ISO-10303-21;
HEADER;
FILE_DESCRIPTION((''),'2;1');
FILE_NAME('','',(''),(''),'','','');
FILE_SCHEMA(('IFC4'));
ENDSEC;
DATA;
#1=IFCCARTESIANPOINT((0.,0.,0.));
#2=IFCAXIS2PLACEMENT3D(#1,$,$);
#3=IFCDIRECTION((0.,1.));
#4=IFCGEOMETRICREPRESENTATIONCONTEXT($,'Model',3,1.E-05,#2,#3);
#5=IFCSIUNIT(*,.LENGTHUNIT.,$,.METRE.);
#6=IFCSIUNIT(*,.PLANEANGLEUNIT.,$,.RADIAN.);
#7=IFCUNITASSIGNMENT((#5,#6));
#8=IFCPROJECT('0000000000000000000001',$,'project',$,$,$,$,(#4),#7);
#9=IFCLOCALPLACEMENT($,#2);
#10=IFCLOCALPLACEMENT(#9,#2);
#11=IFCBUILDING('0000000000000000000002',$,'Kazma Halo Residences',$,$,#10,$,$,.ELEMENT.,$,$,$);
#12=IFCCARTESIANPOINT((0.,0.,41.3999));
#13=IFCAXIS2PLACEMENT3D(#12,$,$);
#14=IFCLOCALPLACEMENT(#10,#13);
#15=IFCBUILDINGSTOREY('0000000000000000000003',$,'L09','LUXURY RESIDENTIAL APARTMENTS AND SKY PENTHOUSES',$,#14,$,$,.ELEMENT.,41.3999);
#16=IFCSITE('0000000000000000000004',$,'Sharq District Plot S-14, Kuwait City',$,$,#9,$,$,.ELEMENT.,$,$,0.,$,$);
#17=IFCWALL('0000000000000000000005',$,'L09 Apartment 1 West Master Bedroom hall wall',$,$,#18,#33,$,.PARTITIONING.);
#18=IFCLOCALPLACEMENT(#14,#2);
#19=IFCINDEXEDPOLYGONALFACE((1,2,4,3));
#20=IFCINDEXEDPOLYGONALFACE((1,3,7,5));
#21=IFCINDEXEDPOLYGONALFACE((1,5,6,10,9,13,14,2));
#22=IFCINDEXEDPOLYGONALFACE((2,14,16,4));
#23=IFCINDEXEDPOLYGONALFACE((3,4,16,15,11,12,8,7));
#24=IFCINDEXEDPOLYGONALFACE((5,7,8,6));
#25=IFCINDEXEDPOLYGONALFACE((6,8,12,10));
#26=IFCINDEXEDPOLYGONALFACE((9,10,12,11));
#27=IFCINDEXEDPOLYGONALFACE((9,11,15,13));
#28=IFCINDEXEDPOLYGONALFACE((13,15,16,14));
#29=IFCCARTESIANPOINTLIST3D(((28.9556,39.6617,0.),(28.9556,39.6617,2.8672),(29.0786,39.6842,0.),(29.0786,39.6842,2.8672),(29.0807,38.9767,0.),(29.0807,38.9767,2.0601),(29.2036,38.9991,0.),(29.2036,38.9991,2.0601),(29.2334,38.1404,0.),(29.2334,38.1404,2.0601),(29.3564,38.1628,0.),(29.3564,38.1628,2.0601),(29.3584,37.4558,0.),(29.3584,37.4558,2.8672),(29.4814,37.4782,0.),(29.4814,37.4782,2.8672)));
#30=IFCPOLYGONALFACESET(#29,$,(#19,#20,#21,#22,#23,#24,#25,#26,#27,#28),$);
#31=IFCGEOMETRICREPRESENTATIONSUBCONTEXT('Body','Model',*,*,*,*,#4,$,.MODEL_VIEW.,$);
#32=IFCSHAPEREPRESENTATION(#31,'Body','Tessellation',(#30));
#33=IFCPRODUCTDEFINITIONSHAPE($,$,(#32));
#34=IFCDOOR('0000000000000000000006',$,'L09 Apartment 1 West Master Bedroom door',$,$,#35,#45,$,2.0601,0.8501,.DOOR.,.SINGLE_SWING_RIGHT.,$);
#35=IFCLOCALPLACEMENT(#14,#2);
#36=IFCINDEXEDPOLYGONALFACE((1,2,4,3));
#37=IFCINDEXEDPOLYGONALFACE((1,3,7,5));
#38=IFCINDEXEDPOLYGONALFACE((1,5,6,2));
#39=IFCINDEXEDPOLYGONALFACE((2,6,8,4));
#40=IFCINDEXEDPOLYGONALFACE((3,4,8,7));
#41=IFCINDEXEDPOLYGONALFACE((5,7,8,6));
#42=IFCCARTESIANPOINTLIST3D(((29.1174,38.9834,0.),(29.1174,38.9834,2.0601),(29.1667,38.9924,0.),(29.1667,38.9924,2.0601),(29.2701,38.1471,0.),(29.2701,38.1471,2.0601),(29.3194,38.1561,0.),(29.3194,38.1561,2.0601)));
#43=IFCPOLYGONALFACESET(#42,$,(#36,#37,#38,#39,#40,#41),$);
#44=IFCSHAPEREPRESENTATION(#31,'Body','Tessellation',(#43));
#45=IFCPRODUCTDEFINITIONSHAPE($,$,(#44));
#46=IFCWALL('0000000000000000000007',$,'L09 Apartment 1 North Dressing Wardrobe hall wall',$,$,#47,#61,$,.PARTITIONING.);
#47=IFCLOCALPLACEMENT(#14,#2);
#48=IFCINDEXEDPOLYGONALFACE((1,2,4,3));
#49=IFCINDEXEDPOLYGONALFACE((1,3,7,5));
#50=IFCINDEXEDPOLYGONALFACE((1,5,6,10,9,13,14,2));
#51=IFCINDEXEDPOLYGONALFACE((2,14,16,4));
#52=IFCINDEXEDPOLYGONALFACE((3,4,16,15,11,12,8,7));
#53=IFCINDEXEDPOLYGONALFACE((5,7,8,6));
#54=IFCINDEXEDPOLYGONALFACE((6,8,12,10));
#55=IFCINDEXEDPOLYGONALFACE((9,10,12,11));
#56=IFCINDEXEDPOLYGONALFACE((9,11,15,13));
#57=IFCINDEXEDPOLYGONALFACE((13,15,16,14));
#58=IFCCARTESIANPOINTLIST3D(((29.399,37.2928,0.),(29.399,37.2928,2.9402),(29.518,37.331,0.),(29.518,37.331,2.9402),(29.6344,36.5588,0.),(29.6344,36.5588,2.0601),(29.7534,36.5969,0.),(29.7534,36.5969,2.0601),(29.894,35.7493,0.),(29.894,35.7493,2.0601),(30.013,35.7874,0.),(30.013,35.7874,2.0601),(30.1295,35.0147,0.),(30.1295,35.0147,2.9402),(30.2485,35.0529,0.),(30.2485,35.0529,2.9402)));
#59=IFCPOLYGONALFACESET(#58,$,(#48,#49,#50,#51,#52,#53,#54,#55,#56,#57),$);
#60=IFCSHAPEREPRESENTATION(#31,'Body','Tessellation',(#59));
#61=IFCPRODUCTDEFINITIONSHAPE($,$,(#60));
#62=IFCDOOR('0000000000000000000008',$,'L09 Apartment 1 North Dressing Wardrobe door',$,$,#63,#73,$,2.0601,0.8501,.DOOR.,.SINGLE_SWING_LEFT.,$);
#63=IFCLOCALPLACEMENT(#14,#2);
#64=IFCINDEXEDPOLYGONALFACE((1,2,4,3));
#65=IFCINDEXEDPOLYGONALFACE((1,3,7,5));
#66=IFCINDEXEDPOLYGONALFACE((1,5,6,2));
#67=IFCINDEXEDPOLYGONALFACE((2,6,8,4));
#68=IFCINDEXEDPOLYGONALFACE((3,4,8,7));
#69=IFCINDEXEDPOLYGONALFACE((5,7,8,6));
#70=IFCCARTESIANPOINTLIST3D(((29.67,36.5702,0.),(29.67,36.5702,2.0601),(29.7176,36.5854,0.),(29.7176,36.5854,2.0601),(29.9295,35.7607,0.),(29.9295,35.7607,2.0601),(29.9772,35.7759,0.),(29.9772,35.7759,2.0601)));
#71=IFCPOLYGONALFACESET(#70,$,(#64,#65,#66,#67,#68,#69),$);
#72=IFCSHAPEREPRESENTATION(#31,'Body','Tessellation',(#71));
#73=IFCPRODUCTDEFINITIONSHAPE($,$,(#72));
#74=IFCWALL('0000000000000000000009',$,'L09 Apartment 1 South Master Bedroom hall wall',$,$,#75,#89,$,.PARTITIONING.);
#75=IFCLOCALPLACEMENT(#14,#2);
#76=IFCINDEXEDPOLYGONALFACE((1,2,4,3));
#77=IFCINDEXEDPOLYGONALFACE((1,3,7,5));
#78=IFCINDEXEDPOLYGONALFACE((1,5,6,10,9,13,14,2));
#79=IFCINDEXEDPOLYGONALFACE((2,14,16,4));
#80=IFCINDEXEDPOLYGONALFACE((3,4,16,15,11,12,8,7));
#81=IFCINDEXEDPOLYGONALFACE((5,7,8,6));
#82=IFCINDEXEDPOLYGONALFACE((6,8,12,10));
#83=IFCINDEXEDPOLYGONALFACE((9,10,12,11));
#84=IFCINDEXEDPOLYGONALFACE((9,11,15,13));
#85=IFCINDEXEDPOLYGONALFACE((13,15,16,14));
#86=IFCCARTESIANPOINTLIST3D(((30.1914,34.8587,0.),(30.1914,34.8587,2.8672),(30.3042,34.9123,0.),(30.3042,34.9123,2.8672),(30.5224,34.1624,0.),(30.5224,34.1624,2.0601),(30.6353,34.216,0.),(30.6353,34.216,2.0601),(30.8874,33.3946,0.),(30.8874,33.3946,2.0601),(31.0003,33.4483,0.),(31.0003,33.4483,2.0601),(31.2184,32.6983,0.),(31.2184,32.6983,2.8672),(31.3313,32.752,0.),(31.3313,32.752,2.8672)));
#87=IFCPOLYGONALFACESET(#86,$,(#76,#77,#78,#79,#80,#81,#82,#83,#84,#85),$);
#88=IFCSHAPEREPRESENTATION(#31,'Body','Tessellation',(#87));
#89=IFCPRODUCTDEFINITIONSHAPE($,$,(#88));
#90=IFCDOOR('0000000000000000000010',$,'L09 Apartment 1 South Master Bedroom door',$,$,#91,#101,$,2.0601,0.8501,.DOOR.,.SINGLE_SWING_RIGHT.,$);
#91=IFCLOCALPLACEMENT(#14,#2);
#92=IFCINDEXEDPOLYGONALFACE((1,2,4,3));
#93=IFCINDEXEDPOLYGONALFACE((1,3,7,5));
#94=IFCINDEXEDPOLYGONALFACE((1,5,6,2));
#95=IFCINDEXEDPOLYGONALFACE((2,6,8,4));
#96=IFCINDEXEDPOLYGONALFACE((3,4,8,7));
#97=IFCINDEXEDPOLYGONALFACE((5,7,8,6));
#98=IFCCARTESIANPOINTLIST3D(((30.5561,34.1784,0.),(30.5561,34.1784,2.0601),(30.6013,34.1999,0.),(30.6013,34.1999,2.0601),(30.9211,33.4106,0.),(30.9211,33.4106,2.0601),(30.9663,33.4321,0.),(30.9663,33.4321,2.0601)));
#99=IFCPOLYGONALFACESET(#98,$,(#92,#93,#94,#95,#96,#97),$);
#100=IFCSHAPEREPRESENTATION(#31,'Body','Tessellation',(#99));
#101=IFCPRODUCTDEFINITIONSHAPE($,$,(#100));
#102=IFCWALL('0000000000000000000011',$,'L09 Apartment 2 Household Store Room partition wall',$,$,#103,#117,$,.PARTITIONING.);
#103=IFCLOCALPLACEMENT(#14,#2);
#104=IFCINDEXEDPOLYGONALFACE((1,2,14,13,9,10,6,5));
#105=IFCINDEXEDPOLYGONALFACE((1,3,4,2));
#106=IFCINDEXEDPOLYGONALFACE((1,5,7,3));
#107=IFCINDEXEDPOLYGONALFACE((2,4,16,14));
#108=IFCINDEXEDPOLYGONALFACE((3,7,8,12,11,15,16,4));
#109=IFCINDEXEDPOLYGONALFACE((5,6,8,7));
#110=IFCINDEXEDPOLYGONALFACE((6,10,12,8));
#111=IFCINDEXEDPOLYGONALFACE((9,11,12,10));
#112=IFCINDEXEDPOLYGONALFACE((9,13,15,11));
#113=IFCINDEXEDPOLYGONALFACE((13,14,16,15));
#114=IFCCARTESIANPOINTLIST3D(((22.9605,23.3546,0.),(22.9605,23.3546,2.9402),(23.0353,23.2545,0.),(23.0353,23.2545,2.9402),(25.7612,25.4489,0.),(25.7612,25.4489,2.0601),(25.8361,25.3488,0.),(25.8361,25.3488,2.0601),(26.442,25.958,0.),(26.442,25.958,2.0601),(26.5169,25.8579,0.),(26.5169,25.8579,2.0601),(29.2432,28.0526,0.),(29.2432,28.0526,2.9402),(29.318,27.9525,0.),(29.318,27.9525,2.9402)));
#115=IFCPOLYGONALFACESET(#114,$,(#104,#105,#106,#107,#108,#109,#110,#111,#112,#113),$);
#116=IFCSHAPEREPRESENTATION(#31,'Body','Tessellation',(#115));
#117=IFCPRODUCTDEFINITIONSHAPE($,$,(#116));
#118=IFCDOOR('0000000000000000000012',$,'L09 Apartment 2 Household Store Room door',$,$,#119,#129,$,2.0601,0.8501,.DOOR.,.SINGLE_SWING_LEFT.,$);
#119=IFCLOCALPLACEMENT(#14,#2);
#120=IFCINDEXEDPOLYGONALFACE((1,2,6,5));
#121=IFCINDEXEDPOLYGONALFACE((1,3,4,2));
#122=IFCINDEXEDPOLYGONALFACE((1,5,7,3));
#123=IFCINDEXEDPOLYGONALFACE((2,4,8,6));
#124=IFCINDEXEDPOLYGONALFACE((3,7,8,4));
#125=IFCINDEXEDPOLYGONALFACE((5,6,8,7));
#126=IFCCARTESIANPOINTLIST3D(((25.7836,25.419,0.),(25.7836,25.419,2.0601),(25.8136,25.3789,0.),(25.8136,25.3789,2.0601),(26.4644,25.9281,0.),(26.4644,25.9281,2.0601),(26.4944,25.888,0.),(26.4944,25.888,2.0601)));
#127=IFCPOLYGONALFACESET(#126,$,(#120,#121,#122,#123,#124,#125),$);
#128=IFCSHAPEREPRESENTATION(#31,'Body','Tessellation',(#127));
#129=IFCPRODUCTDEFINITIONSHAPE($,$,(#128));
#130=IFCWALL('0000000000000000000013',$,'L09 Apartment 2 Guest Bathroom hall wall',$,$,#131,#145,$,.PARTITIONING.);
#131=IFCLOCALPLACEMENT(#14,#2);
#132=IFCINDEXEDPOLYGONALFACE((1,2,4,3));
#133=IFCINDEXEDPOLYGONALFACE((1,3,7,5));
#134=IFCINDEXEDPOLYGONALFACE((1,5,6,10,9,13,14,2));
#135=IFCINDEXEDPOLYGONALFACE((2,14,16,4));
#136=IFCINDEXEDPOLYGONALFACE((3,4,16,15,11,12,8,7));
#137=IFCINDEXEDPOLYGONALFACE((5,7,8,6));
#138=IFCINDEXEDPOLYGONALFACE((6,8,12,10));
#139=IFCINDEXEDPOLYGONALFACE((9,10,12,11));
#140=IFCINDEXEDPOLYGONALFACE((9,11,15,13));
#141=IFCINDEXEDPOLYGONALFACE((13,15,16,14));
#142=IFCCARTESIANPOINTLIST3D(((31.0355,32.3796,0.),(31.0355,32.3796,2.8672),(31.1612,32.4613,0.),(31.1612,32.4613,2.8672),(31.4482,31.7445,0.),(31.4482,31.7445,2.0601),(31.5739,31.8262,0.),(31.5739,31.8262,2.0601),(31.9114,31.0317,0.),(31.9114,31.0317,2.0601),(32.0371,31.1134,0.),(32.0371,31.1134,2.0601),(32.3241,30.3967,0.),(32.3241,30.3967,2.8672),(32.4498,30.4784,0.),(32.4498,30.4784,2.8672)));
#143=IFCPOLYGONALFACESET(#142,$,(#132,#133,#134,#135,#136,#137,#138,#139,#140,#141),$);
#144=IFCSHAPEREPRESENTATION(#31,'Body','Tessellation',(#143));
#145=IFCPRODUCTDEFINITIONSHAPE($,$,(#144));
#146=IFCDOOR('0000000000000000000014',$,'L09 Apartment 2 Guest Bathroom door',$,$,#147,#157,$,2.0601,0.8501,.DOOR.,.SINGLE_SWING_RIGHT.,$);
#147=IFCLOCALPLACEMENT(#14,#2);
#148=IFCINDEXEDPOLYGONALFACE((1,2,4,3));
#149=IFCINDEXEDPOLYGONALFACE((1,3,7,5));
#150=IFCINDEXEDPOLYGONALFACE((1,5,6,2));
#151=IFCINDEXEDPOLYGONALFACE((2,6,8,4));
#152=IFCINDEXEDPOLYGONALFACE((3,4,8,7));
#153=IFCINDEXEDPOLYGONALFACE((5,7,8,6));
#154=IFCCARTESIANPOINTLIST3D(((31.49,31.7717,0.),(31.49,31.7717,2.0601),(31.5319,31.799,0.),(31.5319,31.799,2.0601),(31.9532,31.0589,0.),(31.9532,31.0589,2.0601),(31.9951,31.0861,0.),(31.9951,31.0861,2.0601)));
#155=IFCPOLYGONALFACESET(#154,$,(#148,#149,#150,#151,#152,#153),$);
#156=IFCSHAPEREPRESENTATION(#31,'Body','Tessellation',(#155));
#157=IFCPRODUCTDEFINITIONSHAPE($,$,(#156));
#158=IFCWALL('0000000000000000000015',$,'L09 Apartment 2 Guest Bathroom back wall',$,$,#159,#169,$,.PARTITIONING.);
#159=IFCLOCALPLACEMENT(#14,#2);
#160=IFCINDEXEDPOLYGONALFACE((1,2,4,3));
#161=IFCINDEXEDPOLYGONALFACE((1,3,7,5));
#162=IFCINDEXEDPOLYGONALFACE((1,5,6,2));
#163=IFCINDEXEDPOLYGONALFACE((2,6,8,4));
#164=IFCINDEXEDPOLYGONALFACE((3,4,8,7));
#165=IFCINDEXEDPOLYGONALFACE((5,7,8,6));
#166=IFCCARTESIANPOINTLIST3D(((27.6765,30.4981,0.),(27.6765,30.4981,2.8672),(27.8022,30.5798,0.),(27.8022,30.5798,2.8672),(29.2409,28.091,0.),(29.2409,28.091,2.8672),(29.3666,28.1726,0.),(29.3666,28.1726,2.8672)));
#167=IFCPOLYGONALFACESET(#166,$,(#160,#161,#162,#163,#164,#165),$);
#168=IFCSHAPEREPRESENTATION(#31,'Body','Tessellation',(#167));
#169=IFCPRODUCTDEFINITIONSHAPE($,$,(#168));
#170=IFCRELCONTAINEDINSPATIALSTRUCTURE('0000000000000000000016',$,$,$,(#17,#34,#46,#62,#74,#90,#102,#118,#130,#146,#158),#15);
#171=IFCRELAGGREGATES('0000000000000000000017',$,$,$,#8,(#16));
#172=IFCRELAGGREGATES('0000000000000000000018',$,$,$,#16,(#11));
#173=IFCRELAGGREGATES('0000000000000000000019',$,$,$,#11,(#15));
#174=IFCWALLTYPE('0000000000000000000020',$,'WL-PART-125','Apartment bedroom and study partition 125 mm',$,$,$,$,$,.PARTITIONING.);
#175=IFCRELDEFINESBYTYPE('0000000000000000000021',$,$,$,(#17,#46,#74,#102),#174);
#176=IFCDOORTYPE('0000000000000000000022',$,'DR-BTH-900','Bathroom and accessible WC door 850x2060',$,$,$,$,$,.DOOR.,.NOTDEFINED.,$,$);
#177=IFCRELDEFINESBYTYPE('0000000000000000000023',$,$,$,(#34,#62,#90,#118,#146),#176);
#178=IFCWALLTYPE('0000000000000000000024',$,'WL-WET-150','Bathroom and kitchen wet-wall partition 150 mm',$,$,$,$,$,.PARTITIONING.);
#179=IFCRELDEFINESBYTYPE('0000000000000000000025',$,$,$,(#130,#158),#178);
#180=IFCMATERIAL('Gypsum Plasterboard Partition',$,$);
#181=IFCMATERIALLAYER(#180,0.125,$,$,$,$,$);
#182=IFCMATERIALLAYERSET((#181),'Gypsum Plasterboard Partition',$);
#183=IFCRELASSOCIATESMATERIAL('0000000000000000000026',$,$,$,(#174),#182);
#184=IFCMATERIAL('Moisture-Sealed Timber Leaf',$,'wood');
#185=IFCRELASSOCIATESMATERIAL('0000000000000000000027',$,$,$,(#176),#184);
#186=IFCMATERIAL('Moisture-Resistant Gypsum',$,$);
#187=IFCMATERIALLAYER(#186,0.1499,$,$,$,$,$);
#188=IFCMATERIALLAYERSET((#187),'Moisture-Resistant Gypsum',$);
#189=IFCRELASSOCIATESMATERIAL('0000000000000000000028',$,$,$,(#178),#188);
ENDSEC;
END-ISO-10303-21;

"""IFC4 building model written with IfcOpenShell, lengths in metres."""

from ifc_helpers import new_model, si_unit, direction, frame, frame_2d, origin, place, context, subcontext, project, spatial, rectangle, extrude, material, layer, layer_set, type_object, element, fill, save


model = new_model("IFC4")

# Units and contexts
model_context = context("Model", 3, precision=1e-05, world=origin(), true_north=direction((0.0, 1.0)))
body_context = subcontext(model_context, "Body", "Model", "MODEL_VIEW")
ifc_project = project(units=[si_unit("LENGTHUNIT", "METRE"), si_unit("PLANEANGLEUNIT", "RADIAN")], contexts=[model_context])

# Site, building, storey
site_placement = place(None, origin())
site = spatial("IfcSite", under=ifc_project, at=site_placement, Name="Sharq District Plot S-14, Kuwait City", CompositionType="ELEMENT", RefElevation=0.0)
building_placement = place(site_placement, origin())
building = spatial("IfcBuilding", under=site, at=building_placement, Name="Kazma Halo Residences", CompositionType="ELEMENT")
storey_placement = place(building_placement, frame((0.0, 0.0, 41.3999)))
storey = spatial("IfcBuildingStorey", under=building, at=storey_placement, Name="L09", Description="LUXURY RESIDENTIAL APARTMENTS AND SKY PENTHOUSES", CompositionType="ELEMENT", Elevation=41.3999)

# Shared definitions
ifc_material_1 = material(Name="Gypsum Plasterboard Partition")
ifc_layer_1 = layer(ifc_material_1, 0.125)
ifc_layer_set_1 = layer_set([ifc_layer_1], Name="Gypsum Plasterboard Partition")
wall_type_1 = type_object("IfcWallType", Name="WL-PART-125", Description="Apartment bedroom and study partition 125 mm", PredefinedType="PARTITIONING", material=ifc_layer_set_1)

# Walls, openings, doors
wall_1_placement = place(storey_placement, frame((29.0171, 39.6729, 0.0), z_axis=(0.0, 0.0, 1.0), x_axis=(0.179633, -0.983734, 0.0)))
wall_1 = element("IfcWall", 1, at=wall_1_placement, inside=storey, type_object=wall_type_1, Name="L09 Apartment 1 West Master Bedroom hall wall", PredefinedType="PARTITIONING", context=body_context, shape_type="SweptSolid", body=[
    extrude(rectangle(XDim=2.2424, YDim=0.125, at=frame_2d((1.1211, 0.0))), origin(), (0.0, 0.0, 1.0), 2.8672),
])
opening_1_placement = place(wall_1_placement, frame((0.6963, 0.0, 0.0)))
opening_1 = element("IfcOpeningElement", 2, at=opening_1_placement, cuts=wall_1, PredefinedType="OPENING", context=body_context, shape_type="SweptSolid", body=[
    extrude(rectangle(XDim=0.8501, YDim=2.0601, at=frame_2d((0.425, 1.03))), frame((0.0, 0.0725, 0.0), z_axis=(0.0, -1.0, 0.0), x_axis=(1.0, 0.0, 0.0)), (0.0, 0.0, 1.0), 0.145),
])
ifc_material_2 = material(Name="Moisture-Sealed Timber Leaf", Category="wood")
door_type = type_object("IfcDoorType", Name="DR-BTH-900", Description="Bathroom and accessible WC door 850x2060", OperationType="NOTDEFINED", PredefinedType="DOOR", material=ifc_material_2)
door_1_placement = place(opening_1_placement, origin())
door_1 = element("IfcDoor", 3, at=door_1_placement, inside=storey, type_object=door_type, Name="L09 Apartment 1 West Master Bedroom door", OperationType="SINGLE_SWING_RIGHT", OverallHeight=2.0601, OverallWidth=0.8501, PredefinedType="DOOR", context=body_context, shape_type="SweptSolid", body=[
    extrude(rectangle(XDim=0.8501, YDim=2.0601, at=frame_2d((0.425, 1.03))), frame((0.0, 0.0249, 0.0), z_axis=(0.0, -1.0, 0.0), x_axis=(1.0, 0.0, 0.0)), (0.0, 0.0, 1.0), 0.05),
])
fill(opening_1, door_1)
wall_2_placement = place(storey_placement, frame((29.4585, 37.312, 0.0), z_axis=(0.0, 0.0, 1.0), x_axis=(0.305339, -0.952244, 0.0)))
wall_2 = element("IfcWall", 4, at=wall_2_placement, inside=storey, type_object=wall_type_1, Name="L09 Apartment 1 North Dressing Wardrobe hall wall", PredefinedType="PARTITIONING", context=body_context, shape_type="SweptSolid", body=[
    extrude(rectangle(XDim=2.3923, YDim=0.125, at=frame_2d((1.1963, 0.0))), origin(), (0.0, 0.0, 1.0), 2.9402),
])
opening_2_placement = place(wall_2_placement, frame((0.771, 0.0, 0.0)))
opening_2 = element("IfcOpeningElement", 5, at=opening_2_placement, cuts=wall_2, PredefinedType="OPENING", context=body_context, shape_type="SweptSolid", body=[
    extrude(rectangle(XDim=0.8501, YDim=2.0601, at=frame_2d((0.425, 1.03))), frame((0.0, 0.0725, 0.0), z_axis=(0.0, -1.0, 0.0), x_axis=(1.0, 0.0, 0.0)), (0.0, 0.0, 1.0), 0.145),
])
door_2_placement = place(opening_2_placement, origin())
door_2 = element("IfcDoor", 6, at=door_2_placement, inside=storey, type_object=door_type, Name="L09 Apartment 1 North Dressing Wardrobe door", OperationType="SINGLE_SWING_LEFT", OverallHeight=2.0601, OverallWidth=0.8501, PredefinedType="DOOR", context=body_context, shape_type="SweptSolid", body=[
    extrude(rectangle(XDim=0.8501, YDim=2.0601, at=frame_2d((0.425, 1.03))), frame((0.0, 0.0249, 0.0), z_axis=(0.0, -1.0, 0.0), x_axis=(1.0, 0.0, 0.0)), (0.0, 0.0, 1.0), 0.05),
])
fill(opening_2, door_2)
wall_3_placement = place(storey_placement, frame((30.2478, 34.8855, 0.0), z_axis=(0.0, 0.0, 1.0), x_axis=(0.429367, -0.90313, 0.0)))
wall_3 = element("IfcWall", 7, at=wall_3_placement, inside=storey, type_object=wall_type_1, Name="L09 Apartment 1 South Master Bedroom hall wall", PredefinedType="PARTITIONING", context=body_context, shape_type="SweptSolid", body=[
    extrude(rectangle(XDim=2.3921, YDim=0.125, at=frame_2d((1.196, 0.0))), origin(), (0.0, 0.0, 1.0), 2.8672),
])
opening_3_placement = place(wall_3_placement, frame((0.771, 0.0, 0.0)))
opening_3 = element("IfcOpeningElement", 8, at=opening_3_placement, cuts=wall_3, PredefinedType="OPENING", context=body_context, shape_type="SweptSolid", body=[
    extrude(rectangle(XDim=0.8501, YDim=2.0601, at=frame_2d((0.425, 1.03))), frame((0.0, 0.0725, 0.0), z_axis=(0.0, -1.0, 0.0), x_axis=(1.0, 0.0, 0.0)), (0.0, 0.0, 1.0), 0.145),
])
door_3_placement = place(opening_3_placement, origin())
door_3 = element("IfcDoor", 9, at=door_3_placement, inside=storey, type_object=door_type, Name="L09 Apartment 1 South Master Bedroom door", OperationType="SINGLE_SWING_RIGHT", OverallHeight=2.0601, OverallWidth=0.8501, PredefinedType="DOOR", context=body_context, shape_type="SweptSolid", body=[
    extrude(rectangle(XDim=0.8501, YDim=2.0601, at=frame_2d((0.425, 1.03))), frame((0.0, 0.0249, 0.0), z_axis=(0.0, -1.0, 0.0), x_axis=(1.0, 0.0, 0.0)), (0.0, 0.0, 1.0), 0.05),
])
fill(opening_3, door_3)
wall_4_placement = place(storey_placement, frame((29.2805, 28.0024, 0.0), z_axis=(0.0, 0.0, 1.0), x_axis=(-0.800858, -0.598854, 0.0)))
wall_4 = element("IfcWall", 10, at=wall_4_placement, inside=storey, type_object=wall_type_1, Name="L09 Apartment 2 Household Store Room partition wall", PredefinedType="PARTITIONING", context=body_context, shape_type="SweptSolid", body=[
    extrude(rectangle(XDim=7.845, YDim=0.125, at=frame_2d((3.9224, 0.0))), origin(), (0.0, 0.0, 1.0), 2.9402),
])
opening_4_placement = place(wall_4_placement, frame((3.4976, 0.0, 0.0)))
opening_4 = element("IfcOpeningElement", 11, at=opening_4_placement, cuts=wall_4, PredefinedType="OPENING", context=body_context, shape_type="SweptSolid", body=[
    extrude(rectangle(XDim=0.8501, YDim=2.0601, at=frame_2d((0.425, 1.03))), frame((0.0, 0.0725, 0.0), z_axis=(0.0, -1.0, 0.0), x_axis=(1.0, 0.0, 0.0)), (0.0, 0.0, 1.0), 0.145),
])
door_4_placement = place(opening_4_placement, origin())
door_4 = element("IfcDoor", 12, at=door_4_placement, inside=storey, type_object=door_type, Name="L09 Apartment 2 Household Store Room door", OperationType="SINGLE_SWING_LEFT", OverallHeight=2.0601, OverallWidth=0.8501, PredefinedType="DOOR", context=body_context, shape_type="SweptSolid", body=[
    extrude(rectangle(XDim=0.8501, YDim=2.0601, at=frame_2d((0.425, 1.03))), frame((0.0, 0.0249, 0.0), z_axis=(0.0, -1.0, 0.0), x_axis=(1.0, 0.0, 0.0)), (0.0, 0.0, 1.0), 0.05),
])
fill(opening_4, door_4)
ifc_material_3 = material(Name="Moisture-Resistant Gypsum")
ifc_layer_2 = layer(ifc_material_3, 0.1499)
ifc_layer_set_2 = layer_set([ifc_layer_2], Name="Moisture-Resistant Gypsum")
wall_type_2 = type_object("IfcWallType", Name="WL-WET-150", Description="Bathroom and kitchen wet-wall partition 150 mm", PredefinedType="PARTITIONING", material=ifc_layer_set_2)
wall_5_placement = place(storey_placement, frame((31.0984, 32.4204, 0.0), z_axis=(0.0, 0.0, 1.0), x_axis=(0.544894, -0.838505, 0.0)))
wall_5 = element("IfcWall", 13, at=wall_5_placement, inside=storey, type_object=wall_type_2, Name="L09 Apartment 2 Guest Bathroom hall wall", PredefinedType="PARTITIONING", context=body_context, shape_type="SweptSolid", body=[
    extrude(rectangle(XDim=2.3647, YDim=0.1499, at=frame_2d((1.1824, 0.0))), origin(), (0.0, 0.0, 1.0), 2.8672),
])
opening_5_placement = place(wall_5_placement, frame((0.7573, 0.0, 0.0)))
opening_5 = element("IfcOpeningElement", 14, at=opening_5_placement, cuts=wall_5, PredefinedType="OPENING", context=body_context, shape_type="SweptSolid", body=[
    extrude(rectangle(XDim=0.8501, YDim=2.0601, at=frame_2d((0.425, 1.03))), frame((0.0, 0.085, 0.0), z_axis=(0.0, -1.0, 0.0), x_axis=(1.0, 0.0, 0.0)), (0.0, 0.0, 1.0), 0.1699),
])
door_5_placement = place(opening_5_placement, origin())
door_5 = element("IfcDoor", 15, at=door_5_placement, inside=storey, type_object=door_type, Name="L09 Apartment 2 Guest Bathroom door", OperationType="SINGLE_SWING_RIGHT", OverallHeight=2.0601, OverallWidth=0.8501, PredefinedType="DOOR", context=body_context, shape_type="SweptSolid", body=[
    extrude(rectangle(XDim=0.8501, YDim=2.0601, at=frame_2d((0.425, 1.03))), frame((0.0, 0.0249, 0.0), z_axis=(0.0, -1.0, 0.0), x_axis=(1.0, 0.0, 0.0)), (0.0, 0.0, 1.0), 0.05),
])
fill(opening_5, door_5)

# Wall
wall_6_placement = place(storey_placement, frame((27.7393, 30.5391, 0.0), z_axis=(0.0, 0.0, 1.0), x_axis=(0.544929, -0.838482, 0.0)))
element("IfcWall", 16, at=wall_6_placement, inside=storey, type_object=wall_type_2, Name="L09 Apartment 2 Guest Bathroom back wall", PredefinedType="PARTITIONING", context=body_context, shape_type="SweptSolid", body=[
    extrude(rectangle(XDim=2.8708, YDim=0.1499, at=frame_2d((1.4355, 0.0))), origin(), (0.0, 0.0, 1.0), 2.8672),
])

save(model, "model.ifc")
